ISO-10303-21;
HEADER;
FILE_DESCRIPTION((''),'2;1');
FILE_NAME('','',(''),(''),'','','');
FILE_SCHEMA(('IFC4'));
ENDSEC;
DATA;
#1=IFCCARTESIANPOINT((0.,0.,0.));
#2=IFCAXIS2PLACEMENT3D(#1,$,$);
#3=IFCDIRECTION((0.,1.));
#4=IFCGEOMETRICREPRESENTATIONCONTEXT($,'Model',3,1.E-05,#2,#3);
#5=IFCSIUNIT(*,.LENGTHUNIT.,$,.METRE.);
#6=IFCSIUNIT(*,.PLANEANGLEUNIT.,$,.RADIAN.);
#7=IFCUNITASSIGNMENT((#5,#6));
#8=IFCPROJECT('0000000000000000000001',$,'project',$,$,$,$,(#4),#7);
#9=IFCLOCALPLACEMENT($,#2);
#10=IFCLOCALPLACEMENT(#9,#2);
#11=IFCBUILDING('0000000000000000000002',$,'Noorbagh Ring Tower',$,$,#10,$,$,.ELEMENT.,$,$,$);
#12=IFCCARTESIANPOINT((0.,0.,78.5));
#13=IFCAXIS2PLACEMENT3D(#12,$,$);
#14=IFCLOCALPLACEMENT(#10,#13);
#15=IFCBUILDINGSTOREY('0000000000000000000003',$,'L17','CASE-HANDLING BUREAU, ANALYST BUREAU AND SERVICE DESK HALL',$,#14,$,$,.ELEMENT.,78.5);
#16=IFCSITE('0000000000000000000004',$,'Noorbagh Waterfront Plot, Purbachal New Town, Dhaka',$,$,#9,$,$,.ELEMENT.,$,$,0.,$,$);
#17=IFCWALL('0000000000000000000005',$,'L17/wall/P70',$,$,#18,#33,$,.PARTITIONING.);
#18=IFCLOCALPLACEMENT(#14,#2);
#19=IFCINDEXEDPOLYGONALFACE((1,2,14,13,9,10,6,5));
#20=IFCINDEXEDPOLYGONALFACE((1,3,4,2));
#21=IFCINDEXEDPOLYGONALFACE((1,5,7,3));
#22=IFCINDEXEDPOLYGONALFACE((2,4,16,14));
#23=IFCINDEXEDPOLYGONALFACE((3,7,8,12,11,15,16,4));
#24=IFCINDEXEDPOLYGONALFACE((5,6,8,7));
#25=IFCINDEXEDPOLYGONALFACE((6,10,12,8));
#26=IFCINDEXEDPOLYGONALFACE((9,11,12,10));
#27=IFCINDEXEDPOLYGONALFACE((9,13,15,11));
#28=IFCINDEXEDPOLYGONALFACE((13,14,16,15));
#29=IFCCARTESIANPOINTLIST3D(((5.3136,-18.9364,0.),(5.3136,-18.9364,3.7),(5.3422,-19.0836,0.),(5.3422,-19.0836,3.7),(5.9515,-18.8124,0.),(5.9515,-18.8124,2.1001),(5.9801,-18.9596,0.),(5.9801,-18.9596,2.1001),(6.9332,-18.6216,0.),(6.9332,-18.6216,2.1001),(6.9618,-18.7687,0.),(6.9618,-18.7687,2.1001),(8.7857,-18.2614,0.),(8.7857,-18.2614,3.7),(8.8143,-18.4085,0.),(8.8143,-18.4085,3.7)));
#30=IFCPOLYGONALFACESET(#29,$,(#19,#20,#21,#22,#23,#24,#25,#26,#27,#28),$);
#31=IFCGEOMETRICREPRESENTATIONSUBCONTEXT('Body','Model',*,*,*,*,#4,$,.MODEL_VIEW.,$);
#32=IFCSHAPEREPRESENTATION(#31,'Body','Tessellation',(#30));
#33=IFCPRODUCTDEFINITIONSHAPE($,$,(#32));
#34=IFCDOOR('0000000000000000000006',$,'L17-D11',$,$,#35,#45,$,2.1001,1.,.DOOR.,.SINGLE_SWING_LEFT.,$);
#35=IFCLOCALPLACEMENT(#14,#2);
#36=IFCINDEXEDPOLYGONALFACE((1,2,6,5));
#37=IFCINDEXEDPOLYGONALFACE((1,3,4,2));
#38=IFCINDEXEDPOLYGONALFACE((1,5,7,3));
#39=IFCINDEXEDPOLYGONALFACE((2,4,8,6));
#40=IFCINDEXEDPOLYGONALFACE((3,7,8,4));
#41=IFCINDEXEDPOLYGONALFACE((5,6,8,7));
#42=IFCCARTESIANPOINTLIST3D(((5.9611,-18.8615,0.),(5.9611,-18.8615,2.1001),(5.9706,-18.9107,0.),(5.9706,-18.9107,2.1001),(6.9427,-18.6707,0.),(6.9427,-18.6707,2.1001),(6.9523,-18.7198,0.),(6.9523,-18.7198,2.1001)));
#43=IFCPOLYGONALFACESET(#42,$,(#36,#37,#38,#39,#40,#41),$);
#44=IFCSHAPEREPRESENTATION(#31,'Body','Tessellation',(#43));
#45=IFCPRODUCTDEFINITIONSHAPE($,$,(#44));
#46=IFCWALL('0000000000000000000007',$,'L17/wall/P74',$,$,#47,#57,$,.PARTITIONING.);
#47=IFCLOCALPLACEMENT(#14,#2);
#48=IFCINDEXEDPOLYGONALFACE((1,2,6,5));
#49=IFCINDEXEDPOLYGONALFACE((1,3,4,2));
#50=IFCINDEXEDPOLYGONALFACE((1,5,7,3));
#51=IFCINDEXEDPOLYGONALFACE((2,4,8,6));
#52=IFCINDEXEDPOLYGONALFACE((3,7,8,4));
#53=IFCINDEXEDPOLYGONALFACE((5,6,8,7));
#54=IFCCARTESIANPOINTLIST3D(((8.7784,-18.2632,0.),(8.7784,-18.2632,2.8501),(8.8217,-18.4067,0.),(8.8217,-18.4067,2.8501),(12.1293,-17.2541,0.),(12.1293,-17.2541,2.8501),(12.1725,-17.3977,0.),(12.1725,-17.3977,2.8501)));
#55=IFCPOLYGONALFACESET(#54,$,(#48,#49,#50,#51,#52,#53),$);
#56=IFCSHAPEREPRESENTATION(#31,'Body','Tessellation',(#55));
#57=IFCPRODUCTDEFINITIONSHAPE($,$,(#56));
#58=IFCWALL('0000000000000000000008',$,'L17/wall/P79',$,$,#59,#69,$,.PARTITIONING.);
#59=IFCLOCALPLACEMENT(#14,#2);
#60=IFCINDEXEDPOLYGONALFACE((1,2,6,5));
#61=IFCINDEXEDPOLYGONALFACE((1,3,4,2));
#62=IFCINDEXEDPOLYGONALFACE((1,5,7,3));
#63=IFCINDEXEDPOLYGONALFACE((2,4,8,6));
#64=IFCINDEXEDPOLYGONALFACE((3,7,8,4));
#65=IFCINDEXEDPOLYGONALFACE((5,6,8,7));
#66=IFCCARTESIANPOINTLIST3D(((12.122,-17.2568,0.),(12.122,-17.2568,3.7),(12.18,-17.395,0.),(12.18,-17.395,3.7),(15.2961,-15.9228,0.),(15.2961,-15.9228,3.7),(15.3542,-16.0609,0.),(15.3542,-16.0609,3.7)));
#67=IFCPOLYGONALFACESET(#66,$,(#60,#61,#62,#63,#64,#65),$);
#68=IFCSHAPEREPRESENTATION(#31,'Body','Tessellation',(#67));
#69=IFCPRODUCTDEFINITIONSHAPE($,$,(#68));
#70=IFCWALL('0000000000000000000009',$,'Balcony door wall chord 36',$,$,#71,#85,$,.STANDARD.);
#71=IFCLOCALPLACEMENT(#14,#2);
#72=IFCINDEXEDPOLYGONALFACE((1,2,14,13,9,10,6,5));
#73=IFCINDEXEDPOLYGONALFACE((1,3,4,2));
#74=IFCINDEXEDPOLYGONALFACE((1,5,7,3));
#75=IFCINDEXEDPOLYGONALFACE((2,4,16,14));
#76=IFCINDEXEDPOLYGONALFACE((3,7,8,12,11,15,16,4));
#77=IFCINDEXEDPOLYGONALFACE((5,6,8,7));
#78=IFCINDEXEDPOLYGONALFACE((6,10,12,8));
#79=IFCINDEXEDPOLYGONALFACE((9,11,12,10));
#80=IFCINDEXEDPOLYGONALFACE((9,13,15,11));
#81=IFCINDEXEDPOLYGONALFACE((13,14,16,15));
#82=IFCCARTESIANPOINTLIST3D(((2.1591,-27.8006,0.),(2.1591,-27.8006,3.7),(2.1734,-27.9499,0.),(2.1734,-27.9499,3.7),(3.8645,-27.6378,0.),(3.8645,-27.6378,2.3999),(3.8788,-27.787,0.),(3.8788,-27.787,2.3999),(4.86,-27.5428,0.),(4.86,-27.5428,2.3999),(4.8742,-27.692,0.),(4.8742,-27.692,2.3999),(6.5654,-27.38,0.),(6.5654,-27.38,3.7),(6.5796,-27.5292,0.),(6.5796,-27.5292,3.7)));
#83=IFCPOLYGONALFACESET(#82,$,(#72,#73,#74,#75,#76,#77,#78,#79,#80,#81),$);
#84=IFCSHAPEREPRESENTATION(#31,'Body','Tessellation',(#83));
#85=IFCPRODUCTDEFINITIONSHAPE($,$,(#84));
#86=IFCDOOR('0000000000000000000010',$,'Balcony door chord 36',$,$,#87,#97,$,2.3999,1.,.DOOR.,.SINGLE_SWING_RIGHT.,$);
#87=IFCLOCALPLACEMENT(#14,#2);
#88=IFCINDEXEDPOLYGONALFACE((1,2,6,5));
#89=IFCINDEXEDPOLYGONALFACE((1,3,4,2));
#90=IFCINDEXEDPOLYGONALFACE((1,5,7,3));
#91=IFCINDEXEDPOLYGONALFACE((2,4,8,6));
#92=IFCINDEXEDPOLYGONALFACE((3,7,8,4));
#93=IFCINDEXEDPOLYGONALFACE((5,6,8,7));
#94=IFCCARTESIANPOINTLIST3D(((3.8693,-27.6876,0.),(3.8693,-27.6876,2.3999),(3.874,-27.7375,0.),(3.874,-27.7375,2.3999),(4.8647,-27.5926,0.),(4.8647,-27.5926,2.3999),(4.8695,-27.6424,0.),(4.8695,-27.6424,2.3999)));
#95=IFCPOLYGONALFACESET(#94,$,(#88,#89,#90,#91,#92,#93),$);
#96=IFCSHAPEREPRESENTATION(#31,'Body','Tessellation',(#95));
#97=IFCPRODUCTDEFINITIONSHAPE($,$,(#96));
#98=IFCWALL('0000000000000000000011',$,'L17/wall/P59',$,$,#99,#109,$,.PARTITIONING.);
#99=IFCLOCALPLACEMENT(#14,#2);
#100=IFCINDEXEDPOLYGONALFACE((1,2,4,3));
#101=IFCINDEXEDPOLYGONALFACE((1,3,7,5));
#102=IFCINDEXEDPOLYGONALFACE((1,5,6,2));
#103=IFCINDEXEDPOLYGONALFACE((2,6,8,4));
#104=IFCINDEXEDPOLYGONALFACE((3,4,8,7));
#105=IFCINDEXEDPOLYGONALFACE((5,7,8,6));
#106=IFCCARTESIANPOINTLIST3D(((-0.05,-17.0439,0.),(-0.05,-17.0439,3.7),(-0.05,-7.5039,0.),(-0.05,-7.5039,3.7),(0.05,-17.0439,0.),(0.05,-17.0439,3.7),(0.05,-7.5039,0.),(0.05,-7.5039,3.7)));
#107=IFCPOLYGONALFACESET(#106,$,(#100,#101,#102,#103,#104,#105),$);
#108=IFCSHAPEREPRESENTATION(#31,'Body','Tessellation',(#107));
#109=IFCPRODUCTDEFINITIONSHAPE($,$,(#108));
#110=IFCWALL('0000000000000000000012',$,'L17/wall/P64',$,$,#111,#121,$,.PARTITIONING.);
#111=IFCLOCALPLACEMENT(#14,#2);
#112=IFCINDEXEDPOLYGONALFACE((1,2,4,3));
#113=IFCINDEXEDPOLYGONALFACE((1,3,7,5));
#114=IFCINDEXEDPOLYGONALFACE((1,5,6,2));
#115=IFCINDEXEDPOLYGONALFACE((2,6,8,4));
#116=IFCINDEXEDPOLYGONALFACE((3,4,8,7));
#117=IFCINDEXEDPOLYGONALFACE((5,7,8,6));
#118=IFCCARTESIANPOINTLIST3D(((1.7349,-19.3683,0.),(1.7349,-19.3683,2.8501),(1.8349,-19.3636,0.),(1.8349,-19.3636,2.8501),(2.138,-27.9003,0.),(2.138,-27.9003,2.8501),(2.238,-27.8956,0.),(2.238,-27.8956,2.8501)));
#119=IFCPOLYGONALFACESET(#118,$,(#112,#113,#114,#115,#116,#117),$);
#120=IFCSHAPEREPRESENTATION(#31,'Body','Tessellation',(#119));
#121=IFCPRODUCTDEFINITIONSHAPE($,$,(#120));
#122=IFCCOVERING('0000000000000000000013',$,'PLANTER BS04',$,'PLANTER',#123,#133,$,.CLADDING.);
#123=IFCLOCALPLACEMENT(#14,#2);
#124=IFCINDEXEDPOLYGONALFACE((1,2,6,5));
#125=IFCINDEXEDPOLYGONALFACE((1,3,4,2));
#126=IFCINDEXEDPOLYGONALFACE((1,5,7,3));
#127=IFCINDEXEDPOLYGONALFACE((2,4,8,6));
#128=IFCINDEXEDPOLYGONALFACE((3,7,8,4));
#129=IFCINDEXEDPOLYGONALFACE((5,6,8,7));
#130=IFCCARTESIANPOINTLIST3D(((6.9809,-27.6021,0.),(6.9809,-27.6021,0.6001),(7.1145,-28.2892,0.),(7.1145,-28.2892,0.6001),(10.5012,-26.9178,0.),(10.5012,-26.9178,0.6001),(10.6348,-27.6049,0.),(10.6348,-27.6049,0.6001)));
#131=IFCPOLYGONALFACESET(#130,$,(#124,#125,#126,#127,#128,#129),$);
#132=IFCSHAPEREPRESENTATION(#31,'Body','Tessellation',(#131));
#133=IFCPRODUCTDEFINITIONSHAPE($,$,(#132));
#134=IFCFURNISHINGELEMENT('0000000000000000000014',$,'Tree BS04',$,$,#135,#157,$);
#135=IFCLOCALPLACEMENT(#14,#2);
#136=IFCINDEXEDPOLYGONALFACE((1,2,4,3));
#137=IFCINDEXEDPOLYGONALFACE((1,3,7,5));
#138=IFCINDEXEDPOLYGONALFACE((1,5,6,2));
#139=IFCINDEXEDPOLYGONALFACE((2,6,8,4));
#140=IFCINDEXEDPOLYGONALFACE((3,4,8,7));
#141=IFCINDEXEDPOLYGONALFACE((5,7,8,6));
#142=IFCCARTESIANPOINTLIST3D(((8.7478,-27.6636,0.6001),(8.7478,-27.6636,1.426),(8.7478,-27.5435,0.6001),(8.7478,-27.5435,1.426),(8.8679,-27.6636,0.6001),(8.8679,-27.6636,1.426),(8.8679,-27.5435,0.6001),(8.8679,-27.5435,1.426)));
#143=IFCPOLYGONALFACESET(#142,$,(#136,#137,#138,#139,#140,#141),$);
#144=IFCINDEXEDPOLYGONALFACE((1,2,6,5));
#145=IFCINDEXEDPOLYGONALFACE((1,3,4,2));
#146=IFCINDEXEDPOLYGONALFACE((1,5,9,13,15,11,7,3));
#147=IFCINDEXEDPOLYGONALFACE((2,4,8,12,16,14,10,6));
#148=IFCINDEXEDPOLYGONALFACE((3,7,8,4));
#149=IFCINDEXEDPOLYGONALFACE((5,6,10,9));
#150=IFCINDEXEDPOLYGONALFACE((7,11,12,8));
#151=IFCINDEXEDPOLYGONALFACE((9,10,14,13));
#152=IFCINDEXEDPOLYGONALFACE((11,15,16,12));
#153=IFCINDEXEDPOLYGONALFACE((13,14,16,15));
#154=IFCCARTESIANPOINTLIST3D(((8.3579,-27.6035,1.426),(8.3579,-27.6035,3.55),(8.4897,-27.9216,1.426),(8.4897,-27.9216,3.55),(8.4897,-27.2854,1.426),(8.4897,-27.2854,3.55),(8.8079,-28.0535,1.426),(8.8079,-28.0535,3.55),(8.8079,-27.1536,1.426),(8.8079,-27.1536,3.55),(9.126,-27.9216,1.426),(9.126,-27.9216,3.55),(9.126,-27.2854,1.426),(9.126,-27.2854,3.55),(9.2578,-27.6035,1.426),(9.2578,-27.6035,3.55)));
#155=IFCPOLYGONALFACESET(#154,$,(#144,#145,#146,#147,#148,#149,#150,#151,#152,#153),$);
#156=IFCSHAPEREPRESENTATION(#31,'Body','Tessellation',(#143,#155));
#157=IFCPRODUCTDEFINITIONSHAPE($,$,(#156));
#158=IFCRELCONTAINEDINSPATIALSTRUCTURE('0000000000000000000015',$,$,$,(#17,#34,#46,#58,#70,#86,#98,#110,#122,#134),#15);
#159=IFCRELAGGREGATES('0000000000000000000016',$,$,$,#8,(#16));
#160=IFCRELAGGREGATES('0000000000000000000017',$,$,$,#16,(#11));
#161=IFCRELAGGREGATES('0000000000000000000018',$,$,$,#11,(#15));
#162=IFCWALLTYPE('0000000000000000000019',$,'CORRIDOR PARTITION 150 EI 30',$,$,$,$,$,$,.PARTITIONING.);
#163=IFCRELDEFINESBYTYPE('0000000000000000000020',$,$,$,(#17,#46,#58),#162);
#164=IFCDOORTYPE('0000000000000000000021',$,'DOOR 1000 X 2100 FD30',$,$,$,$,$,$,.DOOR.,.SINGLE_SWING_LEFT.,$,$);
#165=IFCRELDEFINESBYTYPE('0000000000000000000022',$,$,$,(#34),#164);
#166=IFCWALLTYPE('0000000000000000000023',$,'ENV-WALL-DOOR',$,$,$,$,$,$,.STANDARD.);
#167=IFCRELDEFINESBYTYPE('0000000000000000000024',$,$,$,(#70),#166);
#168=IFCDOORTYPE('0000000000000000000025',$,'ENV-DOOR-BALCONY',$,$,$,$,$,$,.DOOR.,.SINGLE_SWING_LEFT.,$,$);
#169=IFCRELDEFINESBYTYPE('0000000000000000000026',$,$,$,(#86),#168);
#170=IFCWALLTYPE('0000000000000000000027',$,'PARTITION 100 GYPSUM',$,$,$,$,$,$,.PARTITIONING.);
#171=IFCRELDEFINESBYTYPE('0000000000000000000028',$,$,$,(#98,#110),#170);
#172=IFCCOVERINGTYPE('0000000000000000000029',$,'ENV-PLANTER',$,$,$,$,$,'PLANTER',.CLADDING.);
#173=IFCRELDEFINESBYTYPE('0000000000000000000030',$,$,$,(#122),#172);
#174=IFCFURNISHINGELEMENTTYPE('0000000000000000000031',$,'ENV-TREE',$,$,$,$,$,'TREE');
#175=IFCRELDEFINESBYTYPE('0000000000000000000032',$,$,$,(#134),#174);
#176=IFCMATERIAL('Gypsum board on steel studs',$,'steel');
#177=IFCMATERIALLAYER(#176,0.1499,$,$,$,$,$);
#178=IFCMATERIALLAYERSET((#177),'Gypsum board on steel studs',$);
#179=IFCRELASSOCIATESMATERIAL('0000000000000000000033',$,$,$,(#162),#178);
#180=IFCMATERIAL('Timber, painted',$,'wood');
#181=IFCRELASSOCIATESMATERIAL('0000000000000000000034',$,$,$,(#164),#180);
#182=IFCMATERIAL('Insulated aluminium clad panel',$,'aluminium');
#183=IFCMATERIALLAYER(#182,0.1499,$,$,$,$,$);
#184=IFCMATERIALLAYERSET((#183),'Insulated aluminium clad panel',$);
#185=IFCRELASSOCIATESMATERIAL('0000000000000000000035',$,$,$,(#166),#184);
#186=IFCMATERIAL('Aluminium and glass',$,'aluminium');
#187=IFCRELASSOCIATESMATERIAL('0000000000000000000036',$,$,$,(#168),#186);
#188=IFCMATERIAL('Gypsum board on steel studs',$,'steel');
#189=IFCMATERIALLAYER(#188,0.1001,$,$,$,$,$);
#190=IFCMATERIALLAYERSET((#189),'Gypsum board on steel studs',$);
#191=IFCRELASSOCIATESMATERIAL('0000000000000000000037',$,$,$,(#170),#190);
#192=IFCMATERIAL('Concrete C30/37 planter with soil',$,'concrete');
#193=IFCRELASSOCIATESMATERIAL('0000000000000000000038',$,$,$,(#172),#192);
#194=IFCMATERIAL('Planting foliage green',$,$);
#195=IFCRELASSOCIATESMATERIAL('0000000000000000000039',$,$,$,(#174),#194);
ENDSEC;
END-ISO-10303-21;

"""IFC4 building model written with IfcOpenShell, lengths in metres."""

from ifc_helpers import new_model, si_unit, direction, frame, frame_2d, origin, origin_2d, place, context, subcontext, project, spatial, polyline, rectangle, outline, extrude, material, layer, layer_set, type_object, element, fill, save


model = new_model("IFC4")

# Units and contexts
model_context = context("Model", 3, precision=1e-05, world=origin(), true_north=direction((0.0, 1.0)))
body_context = subcontext(model_context, "Body", "Model", "MODEL_VIEW")
ifc_project = project(units=[si_unit("LENGTHUNIT", "METRE"), si_unit("PLANEANGLEUNIT", "RADIAN")], contexts=[model_context])

# Site, building, storey
site_placement = place(None, origin())
site = spatial("IfcSite", under=ifc_project, at=site_placement, Name="Noorbagh Waterfront Plot, Purbachal New Town, Dhaka", CompositionType="ELEMENT", RefElevation=0.0)
building_placement = place(site_placement, origin())
building = spatial("IfcBuilding", under=site, at=building_placement, Name="Noorbagh Ring Tower", CompositionType="ELEMENT")
storey_placement = place(building_placement, frame((0.0, 0.0, 78.5)))
storey = spatial("IfcBuildingStorey", under=building, at=storey_placement, Name="L17", Description="CASE-HANDLING BUREAU, ANALYST BUREAU AND SERVICE DESK HALL", CompositionType="ELEMENT", Elevation=78.5)

# Shared definitions
ifc_material_1 = material(Name="Gypsum board on steel studs", Category="steel")
ifc_layer_1 = layer(ifc_material_1, 0.1499)
ifc_layer_set_1 = layer_set([ifc_layer_1], Name="Gypsum board on steel studs")
wall_type_1 = type_object("IfcWallType", Name="CORRIDOR PARTITION 150 EI 30", PredefinedType="PARTITIONING", material=ifc_layer_set_1)

# Wall, opening, door
wall_1_placement = place(storey_placement, frame((5.3279, -19.01, 0.0), z_axis=(0.0, 0.0, 1.0), x_axis=(0.98162, 0.190844, 0.0)))
wall_1 = element("IfcWall", 1, at=wall_1_placement, inside=storey, type_object=wall_type_1, Name="L17/wall/P70", PredefinedType="PARTITIONING", context=body_context, shape_type="SweptSolid", body=[
    extrude(rectangle(XDim=3.5371, YDim=0.1499, at=frame_2d((1.7686, 0.0))), origin(), (0.0, 0.0, 1.0), 3.7),
])
opening_1_placement = place(wall_1_placement, frame((0.6499, 0.0, 0.0)))
opening_1 = element("IfcOpeningElement", 2, at=opening_1_placement, cuts=wall_1, PredefinedType="OPENING", context=body_context, shape_type="SweptSolid", body=[
    extrude(rectangle(XDim=1.0, YDim=2.1001, at=frame_2d((0.5, 1.05))), frame((0.0, 0.085, 0.0), z_axis=(0.0, -1.0, 0.0), x_axis=(1.0, 0.0, 0.0)), (0.0, 0.0, 1.0), 0.1699),
])
ifc_material_2 = material(Name="Timber, painted", Category="wood")
door_type_1 = type_object("IfcDoorType", Name="DOOR 1000 X 2100 FD30", OperationType="SINGLE_SWING_LEFT", PredefinedType="DOOR", material=ifc_material_2)
door_1_placement = place(opening_1_placement, origin())
door_1 = element("IfcDoor", 3, at=door_1_placement, inside=storey, type_object=door_type_1, Name="L17-D11", OperationType="SINGLE_SWING_LEFT", OverallHeight=2.1001, OverallWidth=1.0, PredefinedType="DOOR", context=body_context, shape_type="SweptSolid", body=[
    extrude(rectangle(XDim=1.0, YDim=2.1001, at=frame_2d((0.5, 1.05))), frame((0.0, 0.0249, 0.0), z_axis=(0.0, -1.0, 0.0), x_axis=(1.0, 0.0, 0.0)), (0.0, 0.0, 1.0), 0.05),
])
fill(opening_1, door_1)

# Walls
wall_2_placement = place(storey_placement, frame((8.8, -18.335, 0.0), z_axis=(0.0, 0.0, 1.0), x_axis=(0.957528, 0.28834, 0.0)))
element("IfcWall", 4, at=wall_2_placement, inside=storey, type_object=wall_type_1, Name="L17/wall/P74", PredefinedType="PARTITIONING", context=body_context, shape_type="SweptSolid", body=[
    extrude(rectangle(XDim=3.4995, YDim=0.1499, at=frame_2d((1.7498, 0.0))), origin(), (0.0, 0.0, 1.0), 2.8501),
])
wall_3_placement = place(storey_placement, frame((12.1509, -17.3259, 0.0), z_axis=(0.0, 0.0, 1.0), x_axis=(0.921891, 0.387448, 0.0)))
element("IfcWall", 5, at=wall_3_placement, inside=storey, type_object=wall_type_1, Name="L17/wall/P79", PredefinedType="PARTITIONING", context=body_context, shape_type="SweptSolid", body=[
    extrude(rectangle(XDim=3.4431, YDim=0.1499, at=frame_2d((1.7217, 0.0))), origin(), (0.0, 0.0, 1.0), 3.7),
])

# Wall, opening, door
ifc_material_3 = material(Name="Insulated aluminium clad panel", Category="aluminium")
ifc_layer_2 = layer(ifc_material_3, 0.1499)
ifc_layer_set_2 = layer_set([ifc_layer_2], Name="Insulated aluminium clad panel")
wall_type_2 = type_object("IfcWallType", Name="ENV-WALL-DOOR", PredefinedType="STANDARD", material=ifc_layer_set_2)
wall_4_placement = place(storey_placement, frame((2.1663, -27.8752, 0.0), z_axis=(0.0, 0.0, 1.0), x_axis=(0.995474, 0.095036, 0.0)))
wall_4 = element("IfcWall", 6, at=wall_4_placement, inside=storey, type_object=wall_type_2, Name="Balcony door wall chord 36", PredefinedType="STANDARD", context=body_context, shape_type="SweptSolid", body=[
    extrude(rectangle(XDim=4.4263, YDim=0.1499, at=frame_2d((2.2131, 0.0))), origin(), (0.0, 0.0, 1.0), 3.7),
])
opening_2_placement = place(wall_4_placement, frame((1.7131, 0.0, 0.0)))
opening_2 = element("IfcOpeningElement", 7, at=opening_2_placement, cuts=wall_4, PredefinedType="OPENING", context=body_context, shape_type="SweptSolid", body=[
    extrude(rectangle(XDim=1.0, YDim=2.3999, at=frame_2d((0.5, 1.2))), frame((0.0, 0.085, 0.0), z_axis=(0.0, -1.0, 0.0), x_axis=(1.0, 0.0, 0.0)), (0.0, 0.0, 1.0), 0.1699),
])
ifc_material_4 = material(Name="Aluminium and glass", Category="aluminium")
door_type_2 = type_object("IfcDoorType", Name="ENV-DOOR-BALCONY", OperationType="SINGLE_SWING_LEFT", PredefinedType="DOOR", material=ifc_material_4)
door_2_placement = place(opening_2_placement, origin())
door_2 = element("IfcDoor", 8, at=door_2_placement, inside=storey, type_object=door_type_2, Name="Balcony door chord 36", OperationType="SINGLE_SWING_RIGHT", OverallHeight=2.3999, OverallWidth=1.0, PredefinedType="DOOR", context=body_context, shape_type="SweptSolid", body=[
    extrude(rectangle(XDim=1.0, YDim=2.3999, at=frame_2d((0.5, 1.2))), frame((0.0, 0.0249, 0.0), z_axis=(0.0, -1.0, 0.0), x_axis=(1.0, 0.0, 0.0)), (0.0, 0.0, 1.0), 0.05),
])
fill(opening_2, door_2)

# Walls
ifc_material_5 = material(Name="Gypsum board on steel studs", Category="steel")
ifc_layer_3 = layer(ifc_material_5, 0.1001)
ifc_layer_set_3 = layer_set([ifc_layer_3], Name="Gypsum board on steel studs")
wall_type_3 = type_object("IfcWallType", Name="PARTITION 100 GYPSUM", PredefinedType="PARTITIONING", material=ifc_layer_set_3)
wall_5_placement = place(storey_placement, frame((0.0, -17.0439, 0.0), z_axis=(0.0, 0.0, 1.0), x_axis=(0.0, 1.0, 0.0)))
element("IfcWall", 9, at=wall_5_placement, inside=storey, type_object=wall_type_3, Name="L17/wall/P59", PredefinedType="PARTITIONING", context=body_context, shape_type="SweptSolid", body=[
    extrude(rectangle(XDim=9.54, YDim=0.1001, at=frame_2d((4.77, 0.0))), origin(), (0.0, 0.0, 1.0), 3.7),
])
wall_6_placement = place(storey_placement, frame((1.7849, -19.366, 0.0), z_axis=(0.0, 0.0, 1.0), x_axis=(0.04719, -0.998886, 0.0)))
element("IfcWall", 10, at=wall_6_placement, inside=storey, type_object=wall_type_3, Name="L17/wall/P64", PredefinedType="PARTITIONING", context=body_context, shape_type="SweptSolid", body=[
    extrude(rectangle(XDim=8.5415, YDim=0.1001, at=frame_2d((4.2708, 0.0))), origin(), (0.0, 0.0, 1.0), 2.8501),
])

# Covering
ifc_material_6 = material(Name="Concrete C30/37 planter with soil", Category="concrete")
covering_type = type_object("IfcCoveringType", Name="ENV-PLANTER", ElementType="PLANTER", PredefinedType="CLADDING", material=ifc_material_6)
covering_placement = place(storey_placement, frame((8.8079, -27.6035, 0.0), z_axis=(0.0, 0.0, 1.0), x_axis=(0.981625, 0.19082, 0.0)))
element("IfcCovering", 11, at=covering_placement, inside=storey, type_object=covering_type, Name="PLANTER BS04", ObjectType="PLANTER", PredefinedType="CLADDING", context=body_context, shape_type="SweptSolid", body=[
    extrude(rectangle(XDim=3.5862, YDim=0.7, at=origin_2d()), origin(), (0.0, 0.0, 1.0), 0.6001),
])

# Furnishing element
ifc_material_7 = material(Name="Planting foliage green")
furnishing_element_type = type_object("IfcFurnishingElementType", Name="ENV-TREE", ElementType="TREE", material=ifc_material_7)
furnishing_placement = place(storey_placement, frame((8.8079, -27.6035, 0.6001), z_axis=(0.0, 0.0, 1.0), x_axis=(1.0, 0.0, 0.0)))
element("IfcFurnishingElement", 12, at=furnishing_placement, inside=storey, type_object=furnishing_element_type, Name="Tree BS04", context=body_context, shape_type="SweptSolid", body=[
    extrude(rectangle(XDim=0.1201, YDim=0.1201, at=origin_2d()), origin(), (0.0, 0.0, 1.0), 0.8259),
    extrude(outline(polyline([(0.45, 0.0), (0.3181, 0.3181), (0.0, 0.45), (-0.3181, 0.3181), (-0.45, 0.0), (-0.3181, -0.3181), (0.0, -0.45), (0.3181, -0.3181), (0.45, 0.0)])), frame((0.0, 0.0, 0.8259)), (0.0, 0.0, 1.0), 2.124),
])

save(model, "model.ifc")
